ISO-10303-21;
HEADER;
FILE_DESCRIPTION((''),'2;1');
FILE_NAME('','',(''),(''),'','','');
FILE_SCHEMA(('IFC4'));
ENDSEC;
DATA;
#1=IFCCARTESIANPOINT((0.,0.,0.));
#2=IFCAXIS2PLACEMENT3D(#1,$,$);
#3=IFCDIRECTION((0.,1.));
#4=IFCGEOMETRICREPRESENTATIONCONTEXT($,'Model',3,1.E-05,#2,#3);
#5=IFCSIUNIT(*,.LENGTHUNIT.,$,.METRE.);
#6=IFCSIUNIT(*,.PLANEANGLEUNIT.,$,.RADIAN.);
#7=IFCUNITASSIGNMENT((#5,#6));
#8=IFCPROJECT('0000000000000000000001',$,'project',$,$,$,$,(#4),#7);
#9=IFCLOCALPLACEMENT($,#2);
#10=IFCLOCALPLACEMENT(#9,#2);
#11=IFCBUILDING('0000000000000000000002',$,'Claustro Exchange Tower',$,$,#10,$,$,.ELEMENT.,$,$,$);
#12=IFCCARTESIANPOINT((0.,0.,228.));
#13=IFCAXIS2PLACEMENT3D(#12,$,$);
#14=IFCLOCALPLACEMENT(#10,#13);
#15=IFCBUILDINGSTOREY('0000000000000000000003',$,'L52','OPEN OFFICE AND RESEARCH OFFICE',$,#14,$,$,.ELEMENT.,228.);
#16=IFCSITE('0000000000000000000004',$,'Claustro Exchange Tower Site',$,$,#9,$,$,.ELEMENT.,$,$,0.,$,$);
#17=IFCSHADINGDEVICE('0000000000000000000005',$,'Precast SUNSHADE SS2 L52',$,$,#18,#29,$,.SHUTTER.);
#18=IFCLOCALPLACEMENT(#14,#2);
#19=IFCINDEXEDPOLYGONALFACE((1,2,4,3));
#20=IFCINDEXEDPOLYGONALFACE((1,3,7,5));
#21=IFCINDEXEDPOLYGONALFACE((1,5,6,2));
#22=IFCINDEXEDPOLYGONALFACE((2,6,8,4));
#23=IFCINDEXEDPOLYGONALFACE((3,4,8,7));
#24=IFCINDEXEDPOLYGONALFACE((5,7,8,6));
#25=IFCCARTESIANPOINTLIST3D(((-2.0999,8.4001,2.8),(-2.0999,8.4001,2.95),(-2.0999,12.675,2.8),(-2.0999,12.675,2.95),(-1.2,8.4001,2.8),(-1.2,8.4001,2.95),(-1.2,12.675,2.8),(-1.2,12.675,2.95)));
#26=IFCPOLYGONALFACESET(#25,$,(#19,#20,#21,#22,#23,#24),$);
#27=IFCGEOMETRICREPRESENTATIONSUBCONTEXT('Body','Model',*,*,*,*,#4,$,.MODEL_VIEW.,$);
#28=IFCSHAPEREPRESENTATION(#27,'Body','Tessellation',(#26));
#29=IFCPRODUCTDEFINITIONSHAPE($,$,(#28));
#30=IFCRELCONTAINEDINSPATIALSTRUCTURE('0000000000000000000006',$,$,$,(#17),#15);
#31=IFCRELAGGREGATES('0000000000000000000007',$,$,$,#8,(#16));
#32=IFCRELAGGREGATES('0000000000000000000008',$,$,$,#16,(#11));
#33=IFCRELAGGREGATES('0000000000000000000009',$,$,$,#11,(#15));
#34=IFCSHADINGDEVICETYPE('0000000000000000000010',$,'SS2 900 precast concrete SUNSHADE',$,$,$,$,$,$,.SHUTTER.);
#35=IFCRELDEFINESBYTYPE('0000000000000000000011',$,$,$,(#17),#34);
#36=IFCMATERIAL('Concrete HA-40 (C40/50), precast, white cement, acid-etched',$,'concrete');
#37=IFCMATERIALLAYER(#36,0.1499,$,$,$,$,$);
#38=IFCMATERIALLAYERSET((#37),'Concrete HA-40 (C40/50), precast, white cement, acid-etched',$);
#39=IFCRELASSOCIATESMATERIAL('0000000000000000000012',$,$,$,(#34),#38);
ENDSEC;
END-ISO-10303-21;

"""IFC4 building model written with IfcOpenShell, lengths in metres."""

from ifc_helpers import new_model, si_unit, direction, frame, origin, origin_2d, place, context, subcontext, project, spatial, rectangle, extrude, material, layer, layer_set, type_object, element, save


model = new_model("IFC4")

# Units and contexts
model_context = context("Model", 3, precision=1e-05, world=origin(), true_north=direction((0.0, 1.0)))
body_context = subcontext(model_context, "Body", "Model", "MODEL_VIEW")
ifc_project = project(units=[si_unit("LENGTHUNIT", "METRE"), si_unit("PLANEANGLEUNIT", "RADIAN")], contexts=[model_context])

# Site, building, storey
site_placement = place(None, origin())
site = spatial("IfcSite", under=ifc_project, at=site_placement, Name="Claustro Exchange Tower Site", CompositionType="ELEMENT", RefElevation=0.0)
building_placement = place(site_placement, origin())
building = spatial("IfcBuilding", under=site, at=building_placement, Name="Claustro Exchange Tower", CompositionType="ELEMENT")
storey_placement = place(building_placement, frame((0.0, 0.0, 228.0)))
storey = spatial("IfcBuildingStorey", under=building, at=storey_placement, Name="L52", Description="OPEN OFFICE AND RESEARCH OFFICE", CompositionType="ELEMENT", Elevation=228.0)

# Shading device
ifc_material_1 = material(Name="Concrete HA-40 (C40/50), precast, white cement, acid-etched", Category="concrete")
ifc_layer_1 = layer(ifc_material_1, 0.1499)
ifc_layer_set_1 = layer_set([ifc_layer_1], Name="Concrete HA-40 (C40/50), precast, white cement, acid-etched")
shading_device_type = type_object("IfcShadingDeviceType", Name="SS2 900 precast concrete SUNSHADE", PredefinedType="SHUTTER", material=ifc_layer_set_1)
shading_device_placement = place(storey_placement, frame((-1.6499, 10.5376, 2.8), z_axis=(0.0, 0.0, 1.0), x_axis=(0.0, 1.0, 0.0)))
element("IfcShadingDevice", 1, at=shading_device_placement, inside=storey, type_object=shading_device_type, Name="Precast SUNSHADE SS2 L52", PredefinedType="SHUTTER", context=body_context, shape_type="SweptSolid", body=[
    extrude(rectangle(XDim=4.2749, YDim=0.8999, at=origin_2d()), origin(), (0.0, 0.0, 1.0), 0.1499),
])

save(model, "model.ifc")
